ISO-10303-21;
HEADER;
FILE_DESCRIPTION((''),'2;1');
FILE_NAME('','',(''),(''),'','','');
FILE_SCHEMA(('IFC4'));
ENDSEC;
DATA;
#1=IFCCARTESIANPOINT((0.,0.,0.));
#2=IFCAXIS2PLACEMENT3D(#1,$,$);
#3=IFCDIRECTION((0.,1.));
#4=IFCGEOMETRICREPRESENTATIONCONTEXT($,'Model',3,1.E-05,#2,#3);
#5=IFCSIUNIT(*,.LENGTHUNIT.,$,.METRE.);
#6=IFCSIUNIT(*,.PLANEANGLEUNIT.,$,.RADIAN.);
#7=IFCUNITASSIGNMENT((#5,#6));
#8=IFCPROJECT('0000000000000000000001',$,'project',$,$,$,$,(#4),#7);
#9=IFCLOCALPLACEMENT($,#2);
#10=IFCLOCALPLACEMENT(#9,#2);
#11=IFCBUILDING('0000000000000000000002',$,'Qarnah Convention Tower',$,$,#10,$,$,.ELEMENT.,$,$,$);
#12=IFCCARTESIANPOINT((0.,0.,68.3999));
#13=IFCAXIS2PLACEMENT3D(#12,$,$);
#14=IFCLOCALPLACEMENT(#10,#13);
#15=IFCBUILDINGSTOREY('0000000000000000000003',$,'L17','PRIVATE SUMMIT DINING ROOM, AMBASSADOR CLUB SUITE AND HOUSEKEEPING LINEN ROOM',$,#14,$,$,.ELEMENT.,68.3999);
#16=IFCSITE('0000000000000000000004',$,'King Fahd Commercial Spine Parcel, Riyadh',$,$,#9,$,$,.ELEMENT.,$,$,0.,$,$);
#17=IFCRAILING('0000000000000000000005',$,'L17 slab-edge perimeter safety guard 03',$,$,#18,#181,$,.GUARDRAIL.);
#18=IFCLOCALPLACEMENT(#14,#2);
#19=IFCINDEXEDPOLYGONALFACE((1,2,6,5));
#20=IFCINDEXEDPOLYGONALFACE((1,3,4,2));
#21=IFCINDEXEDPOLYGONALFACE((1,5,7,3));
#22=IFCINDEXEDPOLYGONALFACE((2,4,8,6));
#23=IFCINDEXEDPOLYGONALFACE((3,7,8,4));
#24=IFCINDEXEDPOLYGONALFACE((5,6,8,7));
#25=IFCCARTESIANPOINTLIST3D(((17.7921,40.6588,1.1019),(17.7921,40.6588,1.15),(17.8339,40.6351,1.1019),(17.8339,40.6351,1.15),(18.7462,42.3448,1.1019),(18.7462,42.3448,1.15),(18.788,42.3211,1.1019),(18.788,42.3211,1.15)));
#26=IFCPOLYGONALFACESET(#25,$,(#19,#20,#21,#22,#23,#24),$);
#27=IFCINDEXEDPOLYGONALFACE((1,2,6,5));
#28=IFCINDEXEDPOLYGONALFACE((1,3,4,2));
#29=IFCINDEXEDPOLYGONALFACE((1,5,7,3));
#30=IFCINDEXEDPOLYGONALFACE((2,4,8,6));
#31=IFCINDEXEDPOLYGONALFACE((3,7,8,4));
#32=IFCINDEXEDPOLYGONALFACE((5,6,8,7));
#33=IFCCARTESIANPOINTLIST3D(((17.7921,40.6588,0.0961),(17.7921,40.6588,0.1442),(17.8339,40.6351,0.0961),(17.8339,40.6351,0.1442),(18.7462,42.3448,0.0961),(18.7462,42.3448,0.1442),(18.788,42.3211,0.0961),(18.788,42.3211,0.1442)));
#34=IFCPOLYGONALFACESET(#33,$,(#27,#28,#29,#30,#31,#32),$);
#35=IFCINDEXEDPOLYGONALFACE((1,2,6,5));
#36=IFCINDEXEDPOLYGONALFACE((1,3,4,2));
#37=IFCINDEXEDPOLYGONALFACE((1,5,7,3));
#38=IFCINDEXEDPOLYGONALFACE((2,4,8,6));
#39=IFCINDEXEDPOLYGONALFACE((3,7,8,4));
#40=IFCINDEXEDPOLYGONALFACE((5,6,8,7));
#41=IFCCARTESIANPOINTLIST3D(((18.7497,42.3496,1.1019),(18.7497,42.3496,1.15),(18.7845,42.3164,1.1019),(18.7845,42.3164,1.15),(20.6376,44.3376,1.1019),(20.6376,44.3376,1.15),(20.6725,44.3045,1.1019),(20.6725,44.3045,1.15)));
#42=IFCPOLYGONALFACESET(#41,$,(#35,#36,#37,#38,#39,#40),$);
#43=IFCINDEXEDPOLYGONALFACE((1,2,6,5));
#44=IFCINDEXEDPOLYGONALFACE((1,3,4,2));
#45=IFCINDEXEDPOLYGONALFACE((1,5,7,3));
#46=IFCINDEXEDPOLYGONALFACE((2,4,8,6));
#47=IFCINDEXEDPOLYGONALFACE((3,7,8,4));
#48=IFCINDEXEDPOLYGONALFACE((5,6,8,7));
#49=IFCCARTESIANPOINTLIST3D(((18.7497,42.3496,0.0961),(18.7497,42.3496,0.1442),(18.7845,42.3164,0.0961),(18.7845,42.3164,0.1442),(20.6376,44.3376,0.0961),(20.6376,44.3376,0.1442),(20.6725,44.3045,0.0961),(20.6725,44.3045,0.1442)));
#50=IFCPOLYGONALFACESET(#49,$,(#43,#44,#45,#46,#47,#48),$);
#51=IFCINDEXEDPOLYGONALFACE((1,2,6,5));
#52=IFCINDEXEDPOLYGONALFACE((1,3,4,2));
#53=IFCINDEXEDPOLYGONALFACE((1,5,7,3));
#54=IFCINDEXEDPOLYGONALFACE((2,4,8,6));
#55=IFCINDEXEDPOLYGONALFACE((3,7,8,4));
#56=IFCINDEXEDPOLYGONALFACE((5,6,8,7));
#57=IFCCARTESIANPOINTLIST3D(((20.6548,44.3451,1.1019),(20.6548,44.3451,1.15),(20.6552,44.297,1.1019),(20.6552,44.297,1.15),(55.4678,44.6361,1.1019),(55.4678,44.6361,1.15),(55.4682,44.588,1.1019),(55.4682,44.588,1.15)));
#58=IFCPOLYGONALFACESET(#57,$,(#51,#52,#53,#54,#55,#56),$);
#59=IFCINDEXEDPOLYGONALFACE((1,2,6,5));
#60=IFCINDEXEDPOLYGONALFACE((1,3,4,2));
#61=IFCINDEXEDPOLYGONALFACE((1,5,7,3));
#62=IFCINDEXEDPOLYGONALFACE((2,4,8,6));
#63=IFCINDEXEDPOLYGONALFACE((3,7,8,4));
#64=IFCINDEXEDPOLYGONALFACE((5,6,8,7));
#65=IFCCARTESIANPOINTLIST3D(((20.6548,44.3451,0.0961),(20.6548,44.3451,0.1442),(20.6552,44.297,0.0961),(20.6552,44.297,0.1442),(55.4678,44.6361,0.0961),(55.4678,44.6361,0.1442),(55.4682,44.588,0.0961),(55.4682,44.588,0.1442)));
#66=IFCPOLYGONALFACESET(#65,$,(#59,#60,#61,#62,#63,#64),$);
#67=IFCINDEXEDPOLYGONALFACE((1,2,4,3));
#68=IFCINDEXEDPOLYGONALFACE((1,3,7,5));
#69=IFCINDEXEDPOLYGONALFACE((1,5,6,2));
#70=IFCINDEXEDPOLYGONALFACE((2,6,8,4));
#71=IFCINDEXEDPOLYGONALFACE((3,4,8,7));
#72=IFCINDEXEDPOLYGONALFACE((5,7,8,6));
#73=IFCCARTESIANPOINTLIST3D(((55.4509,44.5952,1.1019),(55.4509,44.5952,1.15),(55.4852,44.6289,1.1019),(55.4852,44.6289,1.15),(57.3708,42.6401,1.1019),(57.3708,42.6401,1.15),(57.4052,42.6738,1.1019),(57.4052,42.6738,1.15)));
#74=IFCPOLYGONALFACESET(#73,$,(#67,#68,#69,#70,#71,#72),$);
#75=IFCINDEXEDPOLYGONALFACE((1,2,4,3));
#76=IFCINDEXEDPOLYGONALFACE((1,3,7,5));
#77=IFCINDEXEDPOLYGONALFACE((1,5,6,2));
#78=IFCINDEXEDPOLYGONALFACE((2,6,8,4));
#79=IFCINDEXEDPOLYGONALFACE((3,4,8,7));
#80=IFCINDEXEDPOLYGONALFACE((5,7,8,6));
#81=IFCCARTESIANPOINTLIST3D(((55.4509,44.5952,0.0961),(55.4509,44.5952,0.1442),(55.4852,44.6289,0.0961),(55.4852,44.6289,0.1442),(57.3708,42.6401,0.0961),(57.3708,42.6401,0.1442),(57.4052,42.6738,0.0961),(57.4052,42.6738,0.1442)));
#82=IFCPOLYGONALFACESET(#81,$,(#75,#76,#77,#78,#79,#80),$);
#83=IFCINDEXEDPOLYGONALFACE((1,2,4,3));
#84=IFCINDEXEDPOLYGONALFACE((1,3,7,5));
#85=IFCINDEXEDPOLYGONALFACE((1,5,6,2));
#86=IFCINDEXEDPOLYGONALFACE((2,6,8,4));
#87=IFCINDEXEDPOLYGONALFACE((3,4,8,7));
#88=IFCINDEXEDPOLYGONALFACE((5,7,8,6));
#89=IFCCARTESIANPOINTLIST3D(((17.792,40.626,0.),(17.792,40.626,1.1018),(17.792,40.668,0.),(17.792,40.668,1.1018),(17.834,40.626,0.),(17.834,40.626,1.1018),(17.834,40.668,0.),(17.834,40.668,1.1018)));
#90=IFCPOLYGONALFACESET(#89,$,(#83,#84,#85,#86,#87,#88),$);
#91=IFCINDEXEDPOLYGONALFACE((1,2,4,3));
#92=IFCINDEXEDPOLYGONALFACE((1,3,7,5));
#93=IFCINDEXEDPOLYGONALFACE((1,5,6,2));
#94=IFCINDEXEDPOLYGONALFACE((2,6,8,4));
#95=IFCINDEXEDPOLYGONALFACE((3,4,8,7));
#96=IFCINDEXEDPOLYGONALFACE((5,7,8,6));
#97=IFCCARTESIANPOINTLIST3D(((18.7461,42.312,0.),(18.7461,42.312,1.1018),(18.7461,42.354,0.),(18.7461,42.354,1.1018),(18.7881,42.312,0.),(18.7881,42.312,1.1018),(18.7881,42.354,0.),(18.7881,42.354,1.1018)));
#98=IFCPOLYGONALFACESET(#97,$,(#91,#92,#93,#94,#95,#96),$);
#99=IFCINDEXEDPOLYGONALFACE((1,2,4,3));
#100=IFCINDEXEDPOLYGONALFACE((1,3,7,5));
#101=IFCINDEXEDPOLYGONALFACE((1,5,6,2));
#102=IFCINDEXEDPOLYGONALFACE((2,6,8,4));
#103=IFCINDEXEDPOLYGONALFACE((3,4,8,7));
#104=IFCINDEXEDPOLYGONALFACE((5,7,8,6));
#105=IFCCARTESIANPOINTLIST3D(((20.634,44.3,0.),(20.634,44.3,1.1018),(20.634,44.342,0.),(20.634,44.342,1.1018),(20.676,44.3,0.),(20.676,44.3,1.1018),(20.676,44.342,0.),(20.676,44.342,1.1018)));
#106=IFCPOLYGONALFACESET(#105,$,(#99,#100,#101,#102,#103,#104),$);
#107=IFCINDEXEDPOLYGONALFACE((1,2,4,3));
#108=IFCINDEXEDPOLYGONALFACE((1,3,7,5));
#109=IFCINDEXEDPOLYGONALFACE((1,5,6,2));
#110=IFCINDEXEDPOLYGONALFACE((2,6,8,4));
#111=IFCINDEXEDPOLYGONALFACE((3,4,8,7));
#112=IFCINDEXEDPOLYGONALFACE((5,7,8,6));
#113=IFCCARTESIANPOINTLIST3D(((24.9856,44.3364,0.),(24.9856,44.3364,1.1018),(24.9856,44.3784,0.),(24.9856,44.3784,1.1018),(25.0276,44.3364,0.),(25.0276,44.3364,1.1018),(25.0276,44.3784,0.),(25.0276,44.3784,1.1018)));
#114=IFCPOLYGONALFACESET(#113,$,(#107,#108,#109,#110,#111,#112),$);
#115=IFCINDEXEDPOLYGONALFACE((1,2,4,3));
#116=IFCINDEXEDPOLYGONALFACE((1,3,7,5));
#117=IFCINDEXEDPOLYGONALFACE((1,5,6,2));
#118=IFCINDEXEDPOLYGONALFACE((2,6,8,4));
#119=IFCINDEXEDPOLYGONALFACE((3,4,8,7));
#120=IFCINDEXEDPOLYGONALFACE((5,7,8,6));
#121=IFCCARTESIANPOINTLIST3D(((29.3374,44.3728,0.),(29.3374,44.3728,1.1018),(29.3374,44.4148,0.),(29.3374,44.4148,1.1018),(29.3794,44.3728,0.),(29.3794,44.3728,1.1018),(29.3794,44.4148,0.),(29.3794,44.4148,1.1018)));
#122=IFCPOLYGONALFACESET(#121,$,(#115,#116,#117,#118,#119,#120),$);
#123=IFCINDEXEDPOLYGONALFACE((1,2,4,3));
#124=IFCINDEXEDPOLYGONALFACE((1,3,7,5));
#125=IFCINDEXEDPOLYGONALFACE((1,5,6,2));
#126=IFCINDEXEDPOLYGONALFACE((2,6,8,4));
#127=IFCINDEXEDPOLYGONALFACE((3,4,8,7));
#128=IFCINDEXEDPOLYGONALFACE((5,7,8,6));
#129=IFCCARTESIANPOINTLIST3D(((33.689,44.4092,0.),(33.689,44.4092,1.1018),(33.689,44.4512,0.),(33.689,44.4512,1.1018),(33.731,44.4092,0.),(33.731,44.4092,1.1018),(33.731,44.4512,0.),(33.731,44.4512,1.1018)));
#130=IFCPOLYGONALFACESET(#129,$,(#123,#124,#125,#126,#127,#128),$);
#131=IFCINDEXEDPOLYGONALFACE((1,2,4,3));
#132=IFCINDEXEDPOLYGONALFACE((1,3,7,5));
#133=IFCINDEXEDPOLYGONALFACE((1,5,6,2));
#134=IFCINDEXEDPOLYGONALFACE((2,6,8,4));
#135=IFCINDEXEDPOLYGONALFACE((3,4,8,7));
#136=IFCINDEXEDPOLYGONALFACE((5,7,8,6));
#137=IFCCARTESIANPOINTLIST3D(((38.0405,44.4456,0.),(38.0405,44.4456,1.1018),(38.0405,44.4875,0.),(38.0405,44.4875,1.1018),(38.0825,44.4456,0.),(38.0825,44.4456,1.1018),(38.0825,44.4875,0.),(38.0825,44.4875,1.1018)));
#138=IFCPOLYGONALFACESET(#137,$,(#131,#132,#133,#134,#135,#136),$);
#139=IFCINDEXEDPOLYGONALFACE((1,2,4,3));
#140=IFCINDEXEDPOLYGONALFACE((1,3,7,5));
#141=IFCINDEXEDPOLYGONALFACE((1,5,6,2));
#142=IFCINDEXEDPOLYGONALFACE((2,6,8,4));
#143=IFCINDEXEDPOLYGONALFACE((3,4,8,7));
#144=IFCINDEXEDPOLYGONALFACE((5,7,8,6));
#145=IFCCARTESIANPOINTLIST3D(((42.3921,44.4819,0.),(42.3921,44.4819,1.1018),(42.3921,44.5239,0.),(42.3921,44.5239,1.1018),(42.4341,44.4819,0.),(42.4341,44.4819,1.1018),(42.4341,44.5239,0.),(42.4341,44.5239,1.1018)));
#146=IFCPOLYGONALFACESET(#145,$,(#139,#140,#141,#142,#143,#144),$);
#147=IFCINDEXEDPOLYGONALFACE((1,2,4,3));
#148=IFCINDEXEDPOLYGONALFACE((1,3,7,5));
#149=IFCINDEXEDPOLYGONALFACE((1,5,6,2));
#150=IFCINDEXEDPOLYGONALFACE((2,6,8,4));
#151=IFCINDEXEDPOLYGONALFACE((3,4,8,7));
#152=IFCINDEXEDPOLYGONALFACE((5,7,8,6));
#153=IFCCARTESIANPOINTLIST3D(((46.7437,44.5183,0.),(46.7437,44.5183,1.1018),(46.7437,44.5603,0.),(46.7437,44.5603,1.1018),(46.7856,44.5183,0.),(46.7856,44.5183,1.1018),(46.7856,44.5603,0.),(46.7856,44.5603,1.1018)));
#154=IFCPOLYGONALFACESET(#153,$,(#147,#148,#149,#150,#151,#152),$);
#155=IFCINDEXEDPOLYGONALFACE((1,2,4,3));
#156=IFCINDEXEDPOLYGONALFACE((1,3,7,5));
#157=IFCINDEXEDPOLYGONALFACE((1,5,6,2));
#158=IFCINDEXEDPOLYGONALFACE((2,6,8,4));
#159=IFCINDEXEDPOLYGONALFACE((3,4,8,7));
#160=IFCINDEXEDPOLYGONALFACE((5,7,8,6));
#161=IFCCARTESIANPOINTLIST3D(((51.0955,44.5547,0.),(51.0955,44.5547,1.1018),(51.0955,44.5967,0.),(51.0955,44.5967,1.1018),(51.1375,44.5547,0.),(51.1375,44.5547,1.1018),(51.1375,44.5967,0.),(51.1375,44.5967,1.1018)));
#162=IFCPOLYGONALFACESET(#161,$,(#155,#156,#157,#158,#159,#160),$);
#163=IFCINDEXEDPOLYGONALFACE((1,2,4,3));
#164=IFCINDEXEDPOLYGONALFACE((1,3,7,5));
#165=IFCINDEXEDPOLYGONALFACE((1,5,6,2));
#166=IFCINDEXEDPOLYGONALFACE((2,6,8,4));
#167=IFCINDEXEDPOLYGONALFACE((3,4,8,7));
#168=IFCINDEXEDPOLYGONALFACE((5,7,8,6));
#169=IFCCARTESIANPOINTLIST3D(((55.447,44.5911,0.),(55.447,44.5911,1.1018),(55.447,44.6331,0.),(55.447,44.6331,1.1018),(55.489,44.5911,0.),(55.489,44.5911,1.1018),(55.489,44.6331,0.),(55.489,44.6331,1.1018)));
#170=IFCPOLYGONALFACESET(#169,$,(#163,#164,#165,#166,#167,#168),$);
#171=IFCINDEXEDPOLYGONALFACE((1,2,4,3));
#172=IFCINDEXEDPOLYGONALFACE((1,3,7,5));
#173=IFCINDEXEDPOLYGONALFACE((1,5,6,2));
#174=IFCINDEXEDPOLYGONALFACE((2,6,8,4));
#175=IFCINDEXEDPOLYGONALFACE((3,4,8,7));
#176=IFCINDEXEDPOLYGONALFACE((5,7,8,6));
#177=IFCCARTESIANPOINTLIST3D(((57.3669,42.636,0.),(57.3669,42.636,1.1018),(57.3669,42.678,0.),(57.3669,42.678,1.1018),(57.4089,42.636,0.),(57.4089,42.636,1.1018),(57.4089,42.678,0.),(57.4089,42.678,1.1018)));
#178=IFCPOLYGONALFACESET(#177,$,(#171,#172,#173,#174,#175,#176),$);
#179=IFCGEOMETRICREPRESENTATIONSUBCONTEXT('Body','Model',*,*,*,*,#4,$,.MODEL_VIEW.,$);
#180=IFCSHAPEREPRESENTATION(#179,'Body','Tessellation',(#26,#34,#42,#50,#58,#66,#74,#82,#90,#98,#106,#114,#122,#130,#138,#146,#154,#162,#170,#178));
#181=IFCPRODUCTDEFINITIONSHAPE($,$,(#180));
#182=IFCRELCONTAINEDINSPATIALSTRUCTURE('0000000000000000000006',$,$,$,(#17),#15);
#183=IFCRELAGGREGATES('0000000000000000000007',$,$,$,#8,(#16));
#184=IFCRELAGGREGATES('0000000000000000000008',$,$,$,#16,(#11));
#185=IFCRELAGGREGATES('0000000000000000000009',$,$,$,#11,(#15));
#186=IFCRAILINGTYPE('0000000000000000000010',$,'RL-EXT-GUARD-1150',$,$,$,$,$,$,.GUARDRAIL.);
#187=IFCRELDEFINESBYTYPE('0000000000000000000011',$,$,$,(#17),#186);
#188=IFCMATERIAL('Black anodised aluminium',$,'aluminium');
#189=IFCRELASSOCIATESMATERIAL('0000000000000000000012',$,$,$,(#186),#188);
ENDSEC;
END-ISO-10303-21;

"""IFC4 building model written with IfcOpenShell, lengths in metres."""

from ifc_helpers import new_model, si_unit, direction, frame, origin, origin_2d, place, context, subcontext, project, spatial, rectangle, extrude, material, type_object, element, save


model = new_model("IFC4")

# Units and contexts
model_context = context("Model", 3, precision=1e-05, world=origin(), true_north=direction((0.0, 1.0)))
body_context = subcontext(model_context, "Body", "Model", "MODEL_VIEW")
ifc_project = project(units=[si_unit("LENGTHUNIT", "METRE"), si_unit("PLANEANGLEUNIT", "RADIAN")], contexts=[model_context])

# Site, building, storey
site_placement = place(None, origin())
site = spatial("IfcSite", under=ifc_project, at=site_placement, Name="King Fahd Commercial Spine Parcel, Riyadh", CompositionType="ELEMENT", RefElevation=0.0)
building_placement = place(site_placement, origin())
building = spatial("IfcBuilding", under=site, at=building_placement, Name="Qarnah Convention Tower", CompositionType="ELEMENT")
storey_placement = place(building_placement, frame((0.0, 0.0, 68.3999)))
storey = spatial("IfcBuildingStorey", under=building, at=storey_placement, Name="L17", Description="PRIVATE SUMMIT DINING ROOM, AMBASSADOR CLUB SUITE AND HOUSEKEEPING LINEN ROOM", CompositionType="ELEMENT", Elevation=68.3999)

# Shared definitions
ifc_material_1 = material(Name="Black anodised aluminium", Category="aluminium")

# Railing
railing_type = type_object("IfcRailingType", Name="RL-EXT-GUARD-1150", PredefinedType="GUARDRAIL", material=ifc_material_1)
railing_1_placement = place(storey_placement, frame((17.813, 40.647, 0.0)))
element("IfcRailing", 1, at=railing_1_placement, inside=storey, type_object=railing_type, Name="L17 slab-edge perimeter safety guard 03", PredefinedType="GUARDRAIL", context=body_context, shape_type="SweptSolid", body=[
    extrude(rectangle(XDim=0.0481, YDim=0.0481, at=origin_2d()), frame((0.0, 0.0, 1.126), z_axis=(0.492497, 0.870314, 0.0), x_axis=(-0.870314, 0.492497, 0.0)), (0.0, 0.0, 1.0), 1.9373),
    extrude(rectangle(XDim=0.0481, YDim=0.0481, at=origin_2d()), frame((0.0, 0.0, 0.1201), z_axis=(0.492497, 0.870314, 0.0), x_axis=(-0.870314, 0.492497, 0.0)), (0.0, 0.0, 1.0), 1.9373),
    extrude(rectangle(XDim=0.0481, YDim=0.0481, at=origin_2d()), frame((0.9541, 1.686, 1.126), z_axis=(0.688616, 0.725126, 0.0), x_axis=(-0.725126, 0.688616, 0.0)), (0.0, 0.0, 1.0), 2.7417),
    extrude(rectangle(XDim=0.0481, YDim=0.0481, at=origin_2d()), frame((0.9541, 1.686, 0.1201), z_axis=(0.688616, 0.725126, 0.0), x_axis=(-0.725126, 0.688616, 0.0)), (0.0, 0.0, 1.0), 2.7417),
    extrude(rectangle(XDim=0.0481, YDim=0.0481, at=origin_2d()), frame((2.842, 3.6741, 1.126), z_axis=(0.999965, 0.008359, 0.0), x_axis=(-0.008359, 0.999965, 0.0)), (0.0, 0.0, 1.0), 34.8142),
    extrude(rectangle(XDim=0.0481, YDim=0.0481, at=origin_2d()), frame((2.842, 3.6741, 0.1201), z_axis=(0.999965, 0.008359, 0.0), x_axis=(-0.008359, 0.999965, 0.0)), (0.0, 0.0, 1.0), 34.8142),
    extrude(rectangle(XDim=0.0481, YDim=0.0481, at=origin_2d()), frame((37.655, 3.9651, 1.126), z_axis=(0.700663, -0.713493, 0.0), x_axis=(0.713493, 0.700663, 0.0)), (0.0, 0.0, 1.0), 2.7402),
    extrude(rectangle(XDim=0.0481, YDim=0.0481, at=origin_2d()), frame((37.655, 3.9651, 0.1201), z_axis=(0.700663, -0.713493, 0.0), x_axis=(0.713493, 0.700663, 0.0)), (0.0, 0.0, 1.0), 2.7402),
    extrude(rectangle(XDim=0.042, YDim=0.042, at=origin_2d()), origin(), (0.0, 0.0, 1.0), 1.1018),
    extrude(rectangle(XDim=0.042, YDim=0.042, at=origin_2d()), frame((0.9541, 1.686, 0.0)), (0.0, 0.0, 1.0), 1.1018),
    extrude(rectangle(XDim=0.042, YDim=0.042, at=origin_2d()), frame((2.842, 3.6741, 0.0)), (0.0, 0.0, 1.0), 1.1018),
    extrude(rectangle(XDim=0.042, YDim=0.042, at=origin_2d()), frame((7.1936, 3.7104, 0.0)), (0.0, 0.0, 1.0), 1.1018),
    extrude(rectangle(XDim=0.042, YDim=0.042, at=origin_2d()), frame((11.5454, 3.7468, 0.0)), (0.0, 0.0, 1.0), 1.1018),
    extrude(rectangle(XDim=0.042, YDim=0.042, at=origin_2d()), frame((15.897, 3.7832, 0.0)), (0.0, 0.0, 1.0), 1.1018),
    extrude(rectangle(XDim=0.042, YDim=0.042, at=origin_2d()), frame((20.2485, 3.8196, 0.0)), (0.0, 0.0, 1.0), 1.1018),
    extrude(rectangle(XDim=0.042, YDim=0.042, at=origin_2d()), frame((24.6001, 3.856, 0.0)), (0.0, 0.0, 1.0), 1.1018),
    extrude(rectangle(XDim=0.042, YDim=0.042, at=origin_2d()), frame((28.9517, 3.8923, 0.0)), (0.0, 0.0, 1.0), 1.1018),
    extrude(rectangle(XDim=0.042, YDim=0.042, at=origin_2d()), frame((33.3035, 3.9287, 0.0)), (0.0, 0.0, 1.0), 1.1018),
    extrude(rectangle(XDim=0.042, YDim=0.042, at=origin_2d()), frame((37.655, 3.9651, 0.0)), (0.0, 0.0, 1.0), 1.1018),
    extrude(rectangle(XDim=0.042, YDim=0.042, at=origin_2d()), frame((39.575, 2.01, 0.0)), (0.0, 0.0, 1.0), 1.1018),
])

save(model, "model.ifc")
